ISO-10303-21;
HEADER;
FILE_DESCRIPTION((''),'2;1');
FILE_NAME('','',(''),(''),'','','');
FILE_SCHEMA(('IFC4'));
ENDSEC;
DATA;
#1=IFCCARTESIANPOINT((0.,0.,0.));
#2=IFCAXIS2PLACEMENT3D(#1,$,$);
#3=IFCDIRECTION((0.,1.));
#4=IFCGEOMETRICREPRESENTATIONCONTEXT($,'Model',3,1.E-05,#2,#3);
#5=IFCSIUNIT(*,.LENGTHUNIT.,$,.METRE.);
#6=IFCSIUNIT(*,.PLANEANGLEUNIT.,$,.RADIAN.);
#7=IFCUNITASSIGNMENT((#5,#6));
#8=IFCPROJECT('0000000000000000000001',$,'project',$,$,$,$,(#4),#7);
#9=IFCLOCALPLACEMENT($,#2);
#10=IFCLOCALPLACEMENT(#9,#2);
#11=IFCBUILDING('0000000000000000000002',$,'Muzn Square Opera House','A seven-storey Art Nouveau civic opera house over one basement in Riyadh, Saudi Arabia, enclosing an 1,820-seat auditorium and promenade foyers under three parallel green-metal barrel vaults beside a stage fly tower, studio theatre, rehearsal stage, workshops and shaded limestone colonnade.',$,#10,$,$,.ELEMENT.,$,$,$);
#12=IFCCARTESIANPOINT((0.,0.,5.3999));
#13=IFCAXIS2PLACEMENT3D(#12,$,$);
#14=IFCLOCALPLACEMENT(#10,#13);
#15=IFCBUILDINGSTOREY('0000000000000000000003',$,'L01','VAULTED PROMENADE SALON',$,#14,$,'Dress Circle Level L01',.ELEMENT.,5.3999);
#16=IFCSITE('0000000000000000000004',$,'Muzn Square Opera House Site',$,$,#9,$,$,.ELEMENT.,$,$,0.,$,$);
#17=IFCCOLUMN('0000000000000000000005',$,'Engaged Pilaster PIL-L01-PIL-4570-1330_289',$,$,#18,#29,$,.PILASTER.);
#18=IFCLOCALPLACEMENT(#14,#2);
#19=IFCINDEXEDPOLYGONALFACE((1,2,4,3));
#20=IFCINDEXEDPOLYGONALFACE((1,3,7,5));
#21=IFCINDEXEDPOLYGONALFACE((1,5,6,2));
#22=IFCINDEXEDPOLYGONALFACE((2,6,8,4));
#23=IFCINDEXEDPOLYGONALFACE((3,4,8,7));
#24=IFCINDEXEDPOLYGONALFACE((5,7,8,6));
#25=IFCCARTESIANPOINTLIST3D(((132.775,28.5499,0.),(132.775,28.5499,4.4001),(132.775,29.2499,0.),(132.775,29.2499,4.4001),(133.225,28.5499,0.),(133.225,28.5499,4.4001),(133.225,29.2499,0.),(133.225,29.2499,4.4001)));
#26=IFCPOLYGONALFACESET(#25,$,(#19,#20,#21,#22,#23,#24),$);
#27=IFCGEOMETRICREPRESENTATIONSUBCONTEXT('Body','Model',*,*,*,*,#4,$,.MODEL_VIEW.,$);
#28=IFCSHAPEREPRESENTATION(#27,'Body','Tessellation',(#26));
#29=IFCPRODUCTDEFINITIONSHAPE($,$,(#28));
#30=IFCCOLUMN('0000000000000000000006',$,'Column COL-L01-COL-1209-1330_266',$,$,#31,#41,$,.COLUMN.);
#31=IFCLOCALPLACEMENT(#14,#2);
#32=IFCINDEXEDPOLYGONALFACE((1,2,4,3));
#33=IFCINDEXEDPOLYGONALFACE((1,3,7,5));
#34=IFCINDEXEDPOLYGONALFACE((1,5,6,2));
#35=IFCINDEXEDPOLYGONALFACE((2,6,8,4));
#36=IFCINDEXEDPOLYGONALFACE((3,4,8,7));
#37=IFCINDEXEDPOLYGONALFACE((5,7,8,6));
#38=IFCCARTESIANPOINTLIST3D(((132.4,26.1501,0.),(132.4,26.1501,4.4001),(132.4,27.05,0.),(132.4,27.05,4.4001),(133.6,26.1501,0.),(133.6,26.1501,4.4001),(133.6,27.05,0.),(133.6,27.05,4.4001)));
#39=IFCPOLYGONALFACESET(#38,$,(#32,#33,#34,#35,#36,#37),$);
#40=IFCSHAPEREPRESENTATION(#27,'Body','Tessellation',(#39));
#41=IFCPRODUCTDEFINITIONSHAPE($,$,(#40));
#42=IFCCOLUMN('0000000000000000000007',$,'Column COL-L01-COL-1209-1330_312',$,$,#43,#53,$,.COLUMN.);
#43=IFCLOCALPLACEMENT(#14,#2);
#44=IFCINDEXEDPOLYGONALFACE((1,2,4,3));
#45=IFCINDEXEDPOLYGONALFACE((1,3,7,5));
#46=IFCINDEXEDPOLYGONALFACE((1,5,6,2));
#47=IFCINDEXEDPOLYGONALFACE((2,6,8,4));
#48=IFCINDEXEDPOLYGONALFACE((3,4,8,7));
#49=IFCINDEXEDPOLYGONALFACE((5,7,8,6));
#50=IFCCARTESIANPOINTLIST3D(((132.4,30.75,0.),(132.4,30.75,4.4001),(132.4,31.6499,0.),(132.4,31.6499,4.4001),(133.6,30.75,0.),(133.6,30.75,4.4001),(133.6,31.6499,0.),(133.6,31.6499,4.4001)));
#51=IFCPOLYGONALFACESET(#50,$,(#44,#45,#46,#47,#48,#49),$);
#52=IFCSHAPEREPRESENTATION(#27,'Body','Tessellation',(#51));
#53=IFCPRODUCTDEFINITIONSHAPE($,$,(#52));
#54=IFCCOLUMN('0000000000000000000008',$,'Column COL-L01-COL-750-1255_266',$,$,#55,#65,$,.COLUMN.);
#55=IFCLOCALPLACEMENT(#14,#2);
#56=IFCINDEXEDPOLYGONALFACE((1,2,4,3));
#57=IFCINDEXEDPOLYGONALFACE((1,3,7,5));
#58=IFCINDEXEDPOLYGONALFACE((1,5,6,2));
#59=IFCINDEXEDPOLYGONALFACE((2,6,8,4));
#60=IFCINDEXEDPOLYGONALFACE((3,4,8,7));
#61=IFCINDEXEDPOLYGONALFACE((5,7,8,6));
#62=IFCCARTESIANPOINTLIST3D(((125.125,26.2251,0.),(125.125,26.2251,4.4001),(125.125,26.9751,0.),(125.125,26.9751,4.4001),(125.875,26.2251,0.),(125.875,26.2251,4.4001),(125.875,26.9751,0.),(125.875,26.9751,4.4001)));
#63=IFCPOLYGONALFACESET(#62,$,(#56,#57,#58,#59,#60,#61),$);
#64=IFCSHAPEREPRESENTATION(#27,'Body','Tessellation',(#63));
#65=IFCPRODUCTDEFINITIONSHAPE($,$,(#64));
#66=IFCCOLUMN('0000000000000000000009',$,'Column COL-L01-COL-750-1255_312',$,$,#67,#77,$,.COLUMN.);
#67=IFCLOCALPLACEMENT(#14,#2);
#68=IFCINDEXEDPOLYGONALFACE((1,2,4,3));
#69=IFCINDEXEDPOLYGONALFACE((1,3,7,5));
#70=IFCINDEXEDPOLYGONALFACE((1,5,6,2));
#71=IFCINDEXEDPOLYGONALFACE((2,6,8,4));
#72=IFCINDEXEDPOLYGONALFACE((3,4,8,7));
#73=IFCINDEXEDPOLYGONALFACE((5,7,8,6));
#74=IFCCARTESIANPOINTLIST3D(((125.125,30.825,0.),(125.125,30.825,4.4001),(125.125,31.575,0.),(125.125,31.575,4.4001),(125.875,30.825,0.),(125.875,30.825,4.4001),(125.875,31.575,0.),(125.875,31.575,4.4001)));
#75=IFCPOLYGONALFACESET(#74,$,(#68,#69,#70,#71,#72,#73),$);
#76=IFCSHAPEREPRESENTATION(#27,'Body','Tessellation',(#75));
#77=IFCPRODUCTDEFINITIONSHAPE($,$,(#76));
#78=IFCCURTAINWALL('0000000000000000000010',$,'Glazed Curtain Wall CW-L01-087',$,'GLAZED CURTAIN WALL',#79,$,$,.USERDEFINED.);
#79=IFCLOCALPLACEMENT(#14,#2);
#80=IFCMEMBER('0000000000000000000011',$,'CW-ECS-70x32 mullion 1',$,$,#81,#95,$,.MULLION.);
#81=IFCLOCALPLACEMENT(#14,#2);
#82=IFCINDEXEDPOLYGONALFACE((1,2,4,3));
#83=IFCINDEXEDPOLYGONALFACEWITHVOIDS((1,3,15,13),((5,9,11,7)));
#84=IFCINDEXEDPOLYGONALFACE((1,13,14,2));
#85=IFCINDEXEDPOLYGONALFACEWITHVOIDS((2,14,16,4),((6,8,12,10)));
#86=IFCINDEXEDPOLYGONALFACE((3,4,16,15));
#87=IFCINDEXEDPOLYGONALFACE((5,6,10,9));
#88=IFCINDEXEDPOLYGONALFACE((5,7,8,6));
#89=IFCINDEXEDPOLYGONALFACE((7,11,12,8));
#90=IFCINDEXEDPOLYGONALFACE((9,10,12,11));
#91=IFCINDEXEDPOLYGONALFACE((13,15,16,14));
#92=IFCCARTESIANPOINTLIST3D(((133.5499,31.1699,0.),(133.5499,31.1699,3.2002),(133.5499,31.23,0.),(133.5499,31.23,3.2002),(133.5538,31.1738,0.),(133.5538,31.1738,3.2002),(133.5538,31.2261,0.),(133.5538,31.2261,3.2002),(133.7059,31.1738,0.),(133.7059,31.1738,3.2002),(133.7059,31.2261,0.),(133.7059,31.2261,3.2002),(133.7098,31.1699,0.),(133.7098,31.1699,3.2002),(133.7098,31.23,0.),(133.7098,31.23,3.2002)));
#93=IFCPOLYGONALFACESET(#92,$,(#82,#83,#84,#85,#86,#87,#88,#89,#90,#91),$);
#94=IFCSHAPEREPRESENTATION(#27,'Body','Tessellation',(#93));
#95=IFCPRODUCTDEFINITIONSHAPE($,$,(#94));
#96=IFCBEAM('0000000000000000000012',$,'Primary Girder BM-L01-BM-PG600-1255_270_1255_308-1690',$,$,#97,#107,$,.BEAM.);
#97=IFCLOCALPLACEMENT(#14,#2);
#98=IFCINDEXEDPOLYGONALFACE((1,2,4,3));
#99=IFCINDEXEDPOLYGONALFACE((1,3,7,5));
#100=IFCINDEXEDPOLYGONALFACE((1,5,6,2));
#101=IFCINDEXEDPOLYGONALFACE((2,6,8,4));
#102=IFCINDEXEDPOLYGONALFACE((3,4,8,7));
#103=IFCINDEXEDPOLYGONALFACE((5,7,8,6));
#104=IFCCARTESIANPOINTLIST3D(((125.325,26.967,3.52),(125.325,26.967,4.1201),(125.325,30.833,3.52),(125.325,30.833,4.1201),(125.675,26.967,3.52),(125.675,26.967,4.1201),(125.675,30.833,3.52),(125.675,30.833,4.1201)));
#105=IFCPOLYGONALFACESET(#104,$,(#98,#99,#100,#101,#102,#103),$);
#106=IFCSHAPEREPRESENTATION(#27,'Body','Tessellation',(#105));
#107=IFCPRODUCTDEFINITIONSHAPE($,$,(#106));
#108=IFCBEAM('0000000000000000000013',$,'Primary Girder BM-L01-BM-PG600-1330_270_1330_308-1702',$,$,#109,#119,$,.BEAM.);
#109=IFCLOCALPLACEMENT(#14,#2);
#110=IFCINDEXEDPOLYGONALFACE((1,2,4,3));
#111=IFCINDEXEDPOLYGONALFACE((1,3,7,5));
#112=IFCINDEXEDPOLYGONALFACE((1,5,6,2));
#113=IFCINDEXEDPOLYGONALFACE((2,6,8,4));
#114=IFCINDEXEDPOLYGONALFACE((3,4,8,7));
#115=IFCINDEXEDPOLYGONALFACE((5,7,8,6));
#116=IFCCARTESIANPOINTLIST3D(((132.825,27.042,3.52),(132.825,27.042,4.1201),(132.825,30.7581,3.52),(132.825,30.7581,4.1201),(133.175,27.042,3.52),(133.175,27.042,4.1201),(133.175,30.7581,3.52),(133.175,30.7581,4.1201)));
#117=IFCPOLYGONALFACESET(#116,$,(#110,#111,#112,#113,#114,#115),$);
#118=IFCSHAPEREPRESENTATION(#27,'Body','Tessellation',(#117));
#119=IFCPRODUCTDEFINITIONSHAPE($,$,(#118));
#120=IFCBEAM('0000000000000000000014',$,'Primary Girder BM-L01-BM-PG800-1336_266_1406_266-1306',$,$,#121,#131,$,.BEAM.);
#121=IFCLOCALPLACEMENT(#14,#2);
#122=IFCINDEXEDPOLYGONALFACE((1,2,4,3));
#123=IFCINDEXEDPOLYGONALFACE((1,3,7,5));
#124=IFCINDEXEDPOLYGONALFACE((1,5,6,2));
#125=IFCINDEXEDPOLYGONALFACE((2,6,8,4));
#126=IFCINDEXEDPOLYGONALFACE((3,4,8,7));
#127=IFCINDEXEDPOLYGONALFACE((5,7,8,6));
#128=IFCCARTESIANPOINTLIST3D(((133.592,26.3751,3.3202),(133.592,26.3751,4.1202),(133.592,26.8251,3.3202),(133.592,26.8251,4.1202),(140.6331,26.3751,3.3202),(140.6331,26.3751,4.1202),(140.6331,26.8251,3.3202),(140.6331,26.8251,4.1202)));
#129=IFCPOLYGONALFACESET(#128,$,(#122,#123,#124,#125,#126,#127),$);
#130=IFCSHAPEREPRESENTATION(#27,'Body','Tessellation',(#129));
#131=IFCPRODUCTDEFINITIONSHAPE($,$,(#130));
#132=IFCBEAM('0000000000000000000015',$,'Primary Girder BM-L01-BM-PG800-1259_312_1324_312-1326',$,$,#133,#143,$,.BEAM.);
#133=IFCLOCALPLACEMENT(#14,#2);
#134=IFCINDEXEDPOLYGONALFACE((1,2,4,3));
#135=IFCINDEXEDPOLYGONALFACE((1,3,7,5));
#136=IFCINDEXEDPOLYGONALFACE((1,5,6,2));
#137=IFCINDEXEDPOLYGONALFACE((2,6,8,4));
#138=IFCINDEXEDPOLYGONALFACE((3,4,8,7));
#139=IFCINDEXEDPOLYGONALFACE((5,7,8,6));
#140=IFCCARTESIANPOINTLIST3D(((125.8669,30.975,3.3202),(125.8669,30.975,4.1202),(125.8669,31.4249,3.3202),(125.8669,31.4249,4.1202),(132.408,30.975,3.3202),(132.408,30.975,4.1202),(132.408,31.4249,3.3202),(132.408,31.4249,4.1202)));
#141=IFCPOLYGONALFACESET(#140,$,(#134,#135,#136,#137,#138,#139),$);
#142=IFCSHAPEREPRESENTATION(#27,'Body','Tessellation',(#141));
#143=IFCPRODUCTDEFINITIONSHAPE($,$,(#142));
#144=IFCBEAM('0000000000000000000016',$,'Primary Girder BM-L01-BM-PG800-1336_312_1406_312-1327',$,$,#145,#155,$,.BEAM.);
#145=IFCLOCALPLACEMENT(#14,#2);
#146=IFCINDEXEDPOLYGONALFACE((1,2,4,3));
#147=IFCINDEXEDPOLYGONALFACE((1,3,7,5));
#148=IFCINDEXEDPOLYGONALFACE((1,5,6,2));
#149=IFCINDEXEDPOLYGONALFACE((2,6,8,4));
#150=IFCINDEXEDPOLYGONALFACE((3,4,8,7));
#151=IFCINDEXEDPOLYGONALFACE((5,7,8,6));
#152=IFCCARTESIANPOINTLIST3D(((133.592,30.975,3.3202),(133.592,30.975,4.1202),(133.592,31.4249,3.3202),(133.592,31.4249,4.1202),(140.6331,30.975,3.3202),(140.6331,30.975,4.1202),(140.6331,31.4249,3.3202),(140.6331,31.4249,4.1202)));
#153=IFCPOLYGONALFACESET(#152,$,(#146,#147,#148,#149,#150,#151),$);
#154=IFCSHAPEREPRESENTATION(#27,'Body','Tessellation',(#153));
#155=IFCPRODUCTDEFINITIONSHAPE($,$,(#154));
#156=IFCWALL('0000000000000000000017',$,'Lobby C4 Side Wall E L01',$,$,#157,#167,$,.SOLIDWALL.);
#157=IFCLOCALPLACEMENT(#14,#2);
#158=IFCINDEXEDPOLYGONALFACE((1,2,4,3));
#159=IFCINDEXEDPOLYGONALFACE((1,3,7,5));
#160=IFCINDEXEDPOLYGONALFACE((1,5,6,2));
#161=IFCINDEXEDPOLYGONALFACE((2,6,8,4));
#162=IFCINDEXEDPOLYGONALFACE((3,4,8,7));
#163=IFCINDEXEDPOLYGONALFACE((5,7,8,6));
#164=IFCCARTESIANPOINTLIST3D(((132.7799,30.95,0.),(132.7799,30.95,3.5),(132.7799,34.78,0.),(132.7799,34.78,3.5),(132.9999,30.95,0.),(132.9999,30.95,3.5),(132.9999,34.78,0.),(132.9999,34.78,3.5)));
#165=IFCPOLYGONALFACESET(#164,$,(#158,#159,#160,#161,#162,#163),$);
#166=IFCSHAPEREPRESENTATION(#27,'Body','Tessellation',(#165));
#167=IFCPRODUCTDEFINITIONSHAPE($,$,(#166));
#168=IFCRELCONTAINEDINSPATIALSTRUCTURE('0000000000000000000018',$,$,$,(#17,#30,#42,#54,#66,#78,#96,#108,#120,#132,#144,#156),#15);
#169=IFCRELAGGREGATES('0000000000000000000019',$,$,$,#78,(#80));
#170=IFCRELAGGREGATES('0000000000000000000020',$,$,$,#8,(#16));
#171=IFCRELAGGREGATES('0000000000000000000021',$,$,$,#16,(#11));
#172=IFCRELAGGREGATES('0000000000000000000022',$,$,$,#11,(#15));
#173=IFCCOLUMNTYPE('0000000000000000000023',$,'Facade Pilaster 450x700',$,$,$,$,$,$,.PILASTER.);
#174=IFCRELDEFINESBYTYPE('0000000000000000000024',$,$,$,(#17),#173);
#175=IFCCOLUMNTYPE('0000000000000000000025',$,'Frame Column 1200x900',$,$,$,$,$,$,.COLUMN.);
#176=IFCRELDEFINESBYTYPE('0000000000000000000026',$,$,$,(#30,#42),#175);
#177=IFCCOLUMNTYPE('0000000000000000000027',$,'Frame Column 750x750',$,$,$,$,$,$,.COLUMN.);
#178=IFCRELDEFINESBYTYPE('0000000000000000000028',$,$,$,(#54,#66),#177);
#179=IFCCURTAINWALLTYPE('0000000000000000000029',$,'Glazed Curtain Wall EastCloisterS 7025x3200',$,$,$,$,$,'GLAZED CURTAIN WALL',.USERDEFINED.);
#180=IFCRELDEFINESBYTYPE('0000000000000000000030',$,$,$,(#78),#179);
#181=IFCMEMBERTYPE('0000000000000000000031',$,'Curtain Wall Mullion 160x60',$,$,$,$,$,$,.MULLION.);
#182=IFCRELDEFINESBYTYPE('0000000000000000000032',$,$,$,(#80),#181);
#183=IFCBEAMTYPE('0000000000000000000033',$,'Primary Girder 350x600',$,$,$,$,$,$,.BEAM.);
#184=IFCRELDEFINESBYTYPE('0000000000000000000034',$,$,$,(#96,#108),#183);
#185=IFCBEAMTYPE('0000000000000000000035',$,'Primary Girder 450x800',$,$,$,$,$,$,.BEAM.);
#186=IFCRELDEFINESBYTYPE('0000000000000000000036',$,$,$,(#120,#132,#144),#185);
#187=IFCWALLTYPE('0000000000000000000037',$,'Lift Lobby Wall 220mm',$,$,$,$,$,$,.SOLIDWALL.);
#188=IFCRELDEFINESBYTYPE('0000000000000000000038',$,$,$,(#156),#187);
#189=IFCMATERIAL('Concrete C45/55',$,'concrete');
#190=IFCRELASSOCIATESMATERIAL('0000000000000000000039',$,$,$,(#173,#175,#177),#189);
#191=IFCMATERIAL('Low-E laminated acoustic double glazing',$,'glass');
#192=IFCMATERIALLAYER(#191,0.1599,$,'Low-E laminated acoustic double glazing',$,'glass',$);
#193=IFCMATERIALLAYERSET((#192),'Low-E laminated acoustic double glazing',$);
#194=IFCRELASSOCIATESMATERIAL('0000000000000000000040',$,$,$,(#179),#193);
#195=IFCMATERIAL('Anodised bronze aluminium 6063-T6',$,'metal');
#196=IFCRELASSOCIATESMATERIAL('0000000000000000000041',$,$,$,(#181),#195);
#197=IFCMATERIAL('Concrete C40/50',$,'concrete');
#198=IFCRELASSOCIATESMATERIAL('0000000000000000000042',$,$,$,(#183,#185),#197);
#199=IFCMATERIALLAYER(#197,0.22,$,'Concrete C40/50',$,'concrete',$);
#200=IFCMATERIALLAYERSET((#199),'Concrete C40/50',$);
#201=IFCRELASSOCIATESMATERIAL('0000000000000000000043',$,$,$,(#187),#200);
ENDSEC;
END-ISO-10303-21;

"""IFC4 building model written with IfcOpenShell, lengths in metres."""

from ifc_helpers import new_model, si_unit, direction, frame, frame_2d, origin, origin_2d, place, context, subcontext, project, spatial, rectangle, hollow_rectangle, extrude, material, layer, layer_set, material_profile, profile_set, type_object, element, aggregate, save


model = new_model("IFC4")

# Units and contexts
model_context = context("Model", 3, precision=1e-05, world=origin(), true_north=direction((0.0, 1.0)))
body_context = subcontext(model_context, "Body", "Model", "MODEL_VIEW")
ifc_project = project(units=[si_unit("LENGTHUNIT", "METRE"), si_unit("PLANEANGLEUNIT", "RADIAN")], contexts=[model_context])

# Site, building, storey
site_placement = place(None, origin())
site = spatial("IfcSite", under=ifc_project, at=site_placement, Name="Muzn Square Opera House Site", CompositionType="ELEMENT", RefElevation=0.0)
building_placement = place(site_placement, origin())
building = spatial("IfcBuilding", under=site, at=building_placement, Name="Muzn Square Opera House", Description="A seven-storey Art Nouveau civic opera house over one basement in Riyadh, Saudi Arabia, enclosing an 1,820-seat auditorium and promenade foyers under three parallel green-metal barrel vaults beside a stage fly tower, studio theatre, rehearsal stage, workshops and shaded limestone colonnade.", CompositionType="ELEMENT")
storey_placement = place(building_placement, frame((0.0, 0.0, 5.3999)))
storey = spatial("IfcBuildingStorey", under=building, at=storey_placement, Name="L01", Description="VAULTED PROMENADE SALON", LongName="Dress Circle Level L01", CompositionType="ELEMENT", Elevation=5.3999)

# Columns
ifc_material_1 = material(Name="Concrete C45/55", Category="concrete")
ifc_material_profile_1 = material_profile(ifc_material_1, rectangle(XDim=0.45, YDim=0.7, at=origin_2d()), Name="RC 450x700", Category="concrete")
ifc_profile_set_1 = profile_set([ifc_material_profile_1], Name="Concrete C45/55")
column_type_1 = type_object("IfcColumnType", Name="Facade Pilaster 450x700", PredefinedType="PILASTER", material=ifc_profile_set_1)
column_placement = place(storey_placement, frame((133.0, 28.8999, 0.0), z_axis=(0.0, 0.0, 1.0), x_axis=(1.0, 0.0, 0.0)))
element("IfcColumn", 1, at=column_placement, inside=storey, type_object=column_type_1, Name="Engaged Pilaster PIL-L01-PIL-4570-1330_289", PredefinedType="PILASTER", context=body_context, shape_type="SweptSolid", body=[
    extrude(rectangle(XDim=0.45, YDim=0.7, at=origin_2d()), origin(), (0.0, 0.0, 1.0), 4.4001),
])
ifc_material_profile_2 = material_profile(ifc_material_1, rectangle(XDim=1.2, YDim=0.8999, at=origin_2d()), Name="RC 1200x900", Category="concrete")
ifc_profile_set_2 = profile_set([ifc_material_profile_2], Name="Concrete C45/55")
column_type_2 = type_object("IfcColumnType", Name="Frame Column 1200x900", PredefinedType="COLUMN", material=ifc_profile_set_2)
for number, where, z_axis, x_axis, name in (
    (2, (133.0, 26.6001, 0.0), (0.0, 0.0, 1.0), (1.0, 0.0, 0.0), "Column COL-L01-COL-1209-1330_266"),
    (3, (133.0, 31.2, 0.0), (0.0, 0.0, 1.0), (1.0, 0.0, 0.0), "Column COL-L01-COL-1209-1330_312"),
):
    element("IfcColumn", number, at=place(storey_placement, frame(where, z_axis=z_axis, x_axis=x_axis)), inside=storey, type_object=column_type_2, Name=name, PredefinedType="COLUMN", context=body_context, shape_type="SweptSolid", body=[
        extrude(rectangle(XDim=1.2, YDim=0.8999, at=origin_2d()), origin(), (0.0, 0.0, 1.0), 4.4001),
    ])
ifc_material_profile_3 = material_profile(ifc_material_1, rectangle(XDim=0.75, YDim=0.75, at=origin_2d()), Name="RC 750x750", Category="concrete")
ifc_profile_set_3 = profile_set([ifc_material_profile_3], Name="Concrete C45/55")
column_type_3 = type_object("IfcColumnType", Name="Frame Column 750x750", PredefinedType="COLUMN", material=ifc_profile_set_3)
for number, where, z_axis, x_axis, name in (
    (4, (125.5, 26.6001, 0.0), (0.0, 0.0, 1.0), (1.0, 0.0, 0.0), "Column COL-L01-COL-750-1255_266"),
    (5, (125.5, 31.2, 0.0), (0.0, 0.0, 1.0), (1.0, 0.0, 0.0), "Column COL-L01-COL-750-1255_312"),
):
    element("IfcColumn", number, at=place(storey_placement, frame(where, z_axis=z_axis, x_axis=x_axis)), inside=storey, type_object=column_type_3, Name=name, PredefinedType="COLUMN", context=body_context, shape_type="SweptSolid", body=[
        extrude(rectangle(XDim=0.75, YDim=0.75, at=origin_2d()), origin(), (0.0, 0.0, 1.0), 4.4001),
    ])

# Curtain wall, member
ifc_material_2 = material(Name="Low-E laminated acoustic double glazing", Category="glass")
ifc_layer_1 = layer(ifc_material_2, 0.1599, Name="Low-E laminated acoustic double glazing", Category="glass")
ifc_layer_set_1 = layer_set([ifc_layer_1], Name="Low-E laminated acoustic double glazing")
curtain_wall_type = type_object("IfcCurtainWallType", Name="Glazed Curtain Wall EastCloisterS 7025x3200", ElementType="GLAZED CURTAIN WALL", PredefinedType="USERDEFINED", material=ifc_layer_set_1)
curtain_wall_placement = place(storey_placement, origin())
curtain_wall = element("IfcCurtainWall", 6, at=curtain_wall_placement, inside=storey, type_object=curtain_wall_type, Name="Glazed Curtain Wall CW-L01-087", ObjectType="GLAZED CURTAIN WALL", PredefinedType="USERDEFINED")
ifc_material_3 = material(Name="Anodised bronze aluminium 6063-T6", Category="metal")
ifc_material_profile_4 = material_profile(ifc_material_3, hollow_rectangle(XDim=0.0601, YDim=0.1599, WallThickness=0.0039, at=origin_2d()), Name="ALU 160x60x4", Category="metal")
ifc_profile_set_4 = profile_set([ifc_material_profile_4], Name="Anodised bronze aluminium 6063-T6")
member_type = type_object("IfcMemberType", Name="Curtain Wall Mullion 160x60", PredefinedType="MULLION", material=ifc_profile_set_4)
member_placement = place(storey_placement, frame((133.6299, 31.2, 0.0), z_axis=(0.0, 0.0, 1.0), x_axis=(0.0, 1.0, 0.0)))
member = element("IfcMember", 7, at=member_placement, type_object=member_type, Name="CW-ECS-70x32 mullion 1", PredefinedType="MULLION", context=body_context, shape_type="SweptSolid", body=[
    extrude(hollow_rectangle(XDim=0.0601, YDim=0.1599, WallThickness=0.0039, at=origin_2d()), origin(), (0.0, 0.0, 1.0), 3.2002),
])
aggregate(curtain_wall, [member])

# Beams
ifc_material_4 = material(Name="Concrete C40/50", Category="concrete")
ifc_material_profile_5 = material_profile(ifc_material_4, rectangle(XDim=0.3501, YDim=0.6001, at=origin_2d()), Name="RCB 350x600", Category="concrete")
ifc_profile_set_5 = profile_set([ifc_material_profile_5], Name="Concrete C40/50")
beam_type_1 = type_object("IfcBeamType", Name="Primary Girder 350x600", PredefinedType="BEAM", material=ifc_profile_set_5)
beam_1_placement = place(storey_placement, frame((125.5, 26.967, 3.8201), z_axis=(0.0, 1.0, 0.0), x_axis=(-1.0, 0.0, 0.0)))
element("IfcBeam", 8, at=beam_1_placement, inside=storey, type_object=beam_type_1, Name="Primary Girder BM-L01-BM-PG600-1255_270_1255_308-1690", PredefinedType="BEAM", context=body_context, shape_type="SweptSolid", body=[
    extrude(rectangle(XDim=0.3501, YDim=0.6001, at=origin_2d()), origin(), (0.0, 0.0, 1.0), 3.866),
])
beam_2_placement = place(storey_placement, frame((133.0, 27.042, 3.8201), z_axis=(0.0, 1.0, 0.0), x_axis=(-1.0, 0.0, 0.0)))
element("IfcBeam", 9, at=beam_2_placement, inside=storey, type_object=beam_type_1, Name="Primary Girder BM-L01-BM-PG600-1330_270_1330_308-1702", PredefinedType="BEAM", context=body_context, shape_type="SweptSolid", body=[
    extrude(rectangle(XDim=0.3501, YDim=0.6001, at=origin_2d()), origin(), (0.0, 0.0, 1.0), 3.7161),
])
ifc_material_profile_6 = material_profile(ifc_material_4, rectangle(XDim=0.45, YDim=0.8, at=origin_2d()), Name="RCB 450x800", Category="concrete")
ifc_profile_set_6 = profile_set([ifc_material_profile_6], Name="Concrete C40/50")
beam_type_2 = type_object("IfcBeamType", Name="Primary Girder 450x800", PredefinedType="BEAM", material=ifc_profile_set_6)
beam_3_placement = place(storey_placement, frame((133.592, 26.6001, 3.7202), z_axis=(1.0, 0.0, 0.0), x_axis=(0.0, 1.0, 0.0)))
element("IfcBeam", 10, at=beam_3_placement, inside=storey, type_object=beam_type_2, Name="Primary Girder BM-L01-BM-PG800-1336_266_1406_266-1306", PredefinedType="BEAM", context=body_context, shape_type="SweptSolid", body=[
    extrude(rectangle(XDim=0.45, YDim=0.8, at=origin_2d()), origin(), (0.0, 0.0, 1.0), 7.041),
])
beam_4_placement = place(storey_placement, frame((125.8669, 31.2, 3.7202), z_axis=(1.0, 0.0, 0.0), x_axis=(0.0, 1.0, 0.0)))
element("IfcBeam", 11, at=beam_4_placement, inside=storey, type_object=beam_type_2, Name="Primary Girder BM-L01-BM-PG800-1259_312_1324_312-1326", PredefinedType="BEAM", context=body_context, shape_type="SweptSolid", body=[
    extrude(rectangle(XDim=0.45, YDim=0.8, at=origin_2d()), origin(), (0.0, 0.0, 1.0), 6.541),
])
beam_5_placement = place(storey_placement, frame((133.592, 31.2, 3.7202), z_axis=(1.0, 0.0, 0.0), x_axis=(0.0, 1.0, 0.0)))
element("IfcBeam", 12, at=beam_5_placement, inside=storey, type_object=beam_type_2, Name="Primary Girder BM-L01-BM-PG800-1336_312_1406_312-1327", PredefinedType="BEAM", context=body_context, shape_type="SweptSolid", body=[
    extrude(rectangle(XDim=0.45, YDim=0.8, at=origin_2d()), origin(), (0.0, 0.0, 1.0), 7.041),
])

# Shared definitions
ifc_layer_2 = layer(ifc_material_4, 0.22, Name="Concrete C40/50", Category="concrete")
ifc_layer_set_2 = layer_set([ifc_layer_2], Name="Concrete C40/50")
wall_type_1 = type_object("IfcWallType", Name="Lift Lobby Wall 220mm", PredefinedType="SOLIDWALL", material=ifc_layer_set_2)

# Wall
wall_1_placement = place(storey_placement, frame((132.8899, 30.95, 0.0), z_axis=(0.0, 0.0, 1.0), x_axis=(0.0, 1.0, 0.0)))
element("IfcWall", 13, at=wall_1_placement, inside=storey, type_object=wall_type_1, Name="Lobby C4 Side Wall E L01", PredefinedType="SOLIDWALL", context=body_context, shape_type="SweptSolid", body=[
    extrude(rectangle(XDim=3.8301, YDim=0.22, at=frame_2d((1.915, 0.0))), origin(), (0.0, 0.0, 1.0), 3.5),
])

save(model, "model.ifc")
